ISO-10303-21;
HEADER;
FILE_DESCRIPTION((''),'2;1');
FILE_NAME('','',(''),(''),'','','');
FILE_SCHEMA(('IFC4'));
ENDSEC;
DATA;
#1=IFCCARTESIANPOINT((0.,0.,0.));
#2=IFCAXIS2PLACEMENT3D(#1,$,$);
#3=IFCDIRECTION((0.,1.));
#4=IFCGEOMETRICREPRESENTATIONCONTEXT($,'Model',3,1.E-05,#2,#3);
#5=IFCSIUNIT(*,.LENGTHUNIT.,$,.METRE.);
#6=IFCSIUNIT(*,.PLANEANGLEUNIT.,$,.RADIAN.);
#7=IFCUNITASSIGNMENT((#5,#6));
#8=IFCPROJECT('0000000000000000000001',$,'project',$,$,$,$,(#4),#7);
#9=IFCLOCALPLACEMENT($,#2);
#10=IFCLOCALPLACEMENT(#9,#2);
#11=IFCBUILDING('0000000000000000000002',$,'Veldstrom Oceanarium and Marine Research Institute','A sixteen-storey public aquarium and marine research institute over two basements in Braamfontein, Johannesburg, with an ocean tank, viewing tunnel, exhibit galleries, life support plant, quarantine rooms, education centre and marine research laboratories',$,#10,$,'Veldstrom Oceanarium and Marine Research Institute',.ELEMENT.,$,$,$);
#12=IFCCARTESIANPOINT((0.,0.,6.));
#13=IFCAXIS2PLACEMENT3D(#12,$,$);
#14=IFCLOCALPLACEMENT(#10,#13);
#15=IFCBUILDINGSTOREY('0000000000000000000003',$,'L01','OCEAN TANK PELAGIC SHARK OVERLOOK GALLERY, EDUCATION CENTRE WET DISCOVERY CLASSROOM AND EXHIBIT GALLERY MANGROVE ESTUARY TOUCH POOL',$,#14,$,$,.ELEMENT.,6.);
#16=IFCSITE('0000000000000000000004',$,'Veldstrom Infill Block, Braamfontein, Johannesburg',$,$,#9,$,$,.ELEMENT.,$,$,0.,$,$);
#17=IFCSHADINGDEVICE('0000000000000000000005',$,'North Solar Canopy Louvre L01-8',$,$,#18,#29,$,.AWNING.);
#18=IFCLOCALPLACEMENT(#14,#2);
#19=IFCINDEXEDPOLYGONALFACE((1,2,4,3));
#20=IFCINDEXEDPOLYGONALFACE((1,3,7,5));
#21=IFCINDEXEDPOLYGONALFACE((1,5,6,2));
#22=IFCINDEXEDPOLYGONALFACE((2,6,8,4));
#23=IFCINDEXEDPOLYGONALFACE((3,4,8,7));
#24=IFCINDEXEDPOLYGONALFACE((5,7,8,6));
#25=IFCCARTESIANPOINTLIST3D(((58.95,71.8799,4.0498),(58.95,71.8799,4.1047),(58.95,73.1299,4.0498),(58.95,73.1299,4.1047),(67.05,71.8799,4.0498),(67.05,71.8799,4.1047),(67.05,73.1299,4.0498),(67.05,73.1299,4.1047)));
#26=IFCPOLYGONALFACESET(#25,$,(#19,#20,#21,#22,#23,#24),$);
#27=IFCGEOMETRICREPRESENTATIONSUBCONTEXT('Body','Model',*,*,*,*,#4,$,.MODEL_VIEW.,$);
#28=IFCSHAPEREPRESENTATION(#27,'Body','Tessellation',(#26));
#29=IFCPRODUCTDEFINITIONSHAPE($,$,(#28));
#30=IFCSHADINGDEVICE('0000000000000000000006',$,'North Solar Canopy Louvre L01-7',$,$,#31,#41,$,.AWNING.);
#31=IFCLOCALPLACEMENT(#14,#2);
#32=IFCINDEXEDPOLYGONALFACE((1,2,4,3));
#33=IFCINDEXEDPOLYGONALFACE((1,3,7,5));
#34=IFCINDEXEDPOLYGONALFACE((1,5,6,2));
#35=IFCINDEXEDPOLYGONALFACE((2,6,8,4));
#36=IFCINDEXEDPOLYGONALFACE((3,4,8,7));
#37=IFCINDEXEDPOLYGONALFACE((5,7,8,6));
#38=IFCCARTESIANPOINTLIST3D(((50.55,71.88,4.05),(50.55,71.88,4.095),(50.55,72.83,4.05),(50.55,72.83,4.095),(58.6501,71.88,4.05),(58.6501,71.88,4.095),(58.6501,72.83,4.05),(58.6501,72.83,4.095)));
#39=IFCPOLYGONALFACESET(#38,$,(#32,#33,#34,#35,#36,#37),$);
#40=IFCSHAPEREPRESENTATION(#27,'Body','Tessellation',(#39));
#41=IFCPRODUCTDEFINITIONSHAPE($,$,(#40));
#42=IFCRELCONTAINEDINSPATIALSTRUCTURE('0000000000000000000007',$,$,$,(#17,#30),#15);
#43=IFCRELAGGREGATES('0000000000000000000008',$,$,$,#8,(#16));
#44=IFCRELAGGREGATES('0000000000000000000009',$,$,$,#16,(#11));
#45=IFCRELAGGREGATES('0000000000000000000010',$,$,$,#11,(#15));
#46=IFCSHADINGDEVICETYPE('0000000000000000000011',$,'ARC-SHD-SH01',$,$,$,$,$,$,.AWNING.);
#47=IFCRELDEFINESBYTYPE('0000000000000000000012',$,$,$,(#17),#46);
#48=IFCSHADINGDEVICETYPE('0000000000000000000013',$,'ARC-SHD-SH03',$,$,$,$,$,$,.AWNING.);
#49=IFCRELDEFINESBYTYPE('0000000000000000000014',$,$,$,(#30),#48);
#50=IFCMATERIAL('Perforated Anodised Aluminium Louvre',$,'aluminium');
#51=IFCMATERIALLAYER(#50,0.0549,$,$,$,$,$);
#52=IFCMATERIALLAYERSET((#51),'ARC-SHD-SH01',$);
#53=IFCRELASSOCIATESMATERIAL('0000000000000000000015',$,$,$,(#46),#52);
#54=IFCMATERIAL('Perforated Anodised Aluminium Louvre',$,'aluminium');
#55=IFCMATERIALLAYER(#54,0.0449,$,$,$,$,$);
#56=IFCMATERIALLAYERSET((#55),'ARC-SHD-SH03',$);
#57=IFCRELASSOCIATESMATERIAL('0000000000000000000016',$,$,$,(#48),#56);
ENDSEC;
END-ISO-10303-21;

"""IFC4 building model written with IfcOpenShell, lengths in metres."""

from ifc_helpers import new_model, si_unit, direction, frame, origin, origin_2d, place, context, subcontext, project, spatial, rectangle, extrude, material, layer, layer_set, type_object, element, save


model = new_model("IFC4")

# Units and contexts
model_context = context("Model", 3, precision=1e-05, world=origin(), true_north=direction((0.0, 1.0)))
body_context = subcontext(model_context, "Body", "Model", "MODEL_VIEW")
ifc_project = project(units=[si_unit("LENGTHUNIT", "METRE"), si_unit("PLANEANGLEUNIT", "RADIAN")], contexts=[model_context])

# Site, building, storey
site_placement = place(None, origin())
site = spatial("IfcSite", under=ifc_project, at=site_placement, Name="Veldstrom Infill Block, Braamfontein, Johannesburg", CompositionType="ELEMENT", RefElevation=0.0)
building_placement = place(site_placement, origin())
building = spatial("IfcBuilding", under=site, at=building_placement, Name="Veldstrom Oceanarium and Marine Research Institute", Description="A sixteen-storey public aquarium and marine research institute over two basements in Braamfontein, Johannesburg, with an ocean tank, viewing tunnel, exhibit galleries, life support plant, quarantine rooms, education centre and marine research laboratories", LongName="Veldstrom Oceanarium and Marine Research Institute", CompositionType="ELEMENT")
storey_placement = place(building_placement, frame((0.0, 0.0, 6.0)))
storey = spatial("IfcBuildingStorey", under=building, at=storey_placement, Name="L01", Description="OCEAN TANK PELAGIC SHARK OVERLOOK GALLERY, EDUCATION CENTRE WET DISCOVERY CLASSROOM AND EXHIBIT GALLERY MANGROVE ESTUARY TOUCH POOL", CompositionType="ELEMENT", Elevation=6.0)

# Shading devices
ifc_material_1 = material(Name="Perforated Anodised Aluminium Louvre", Category="aluminium")
ifc_layer_1 = layer(ifc_material_1, 0.0549)
ifc_layer_set_1 = layer_set([ifc_layer_1], Name="ARC-SHD-SH01")
shading_device_type_1 = type_object("IfcShadingDeviceType", Name="ARC-SHD-SH01", PredefinedType="AWNING", material=ifc_layer_set_1)
shading_device_1_placement = place(storey_placement, frame((63.0, 72.5049, 4.0498), z_axis=(0.0, 0.0, 1.0), x_axis=(1.0, 0.0, 0.0)))
element("IfcShadingDevice", 1, at=shading_device_1_placement, inside=storey, type_object=shading_device_type_1, Name="North Solar Canopy Louvre L01-8", PredefinedType="AWNING", context=body_context, shape_type="SweptSolid", body=[
    extrude(rectangle(XDim=8.1001, YDim=1.25, at=origin_2d()), origin(), (0.0, 0.0, 1.0), 0.0549),
])
ifc_material_2 = material(Name="Perforated Anodised Aluminium Louvre", Category="aluminium")
ifc_layer_2 = layer(ifc_material_2, 0.0449)
ifc_layer_set_2 = layer_set([ifc_layer_2], Name="ARC-SHD-SH03")
shading_device_type_2 = type_object("IfcShadingDeviceType", Name="ARC-SHD-SH03", PredefinedType="AWNING", material=ifc_layer_set_2)
shading_device_2_placement = place(storey_placement, frame((54.6001, 72.355, 4.05), z_axis=(0.0, 0.0, 1.0), x_axis=(1.0, 0.0, 0.0)))
element("IfcShadingDevice", 2, at=shading_device_2_placement, inside=storey, type_object=shading_device_type_2, Name="North Solar Canopy Louvre L01-7", PredefinedType="AWNING", context=body_context, shape_type="SweptSolid", body=[
    extrude(rectangle(XDim=8.1001, YDim=0.95, at=origin_2d()), origin(), (0.0, 0.0, 1.0), 0.0449),
])

save(model, "model.ifc")
